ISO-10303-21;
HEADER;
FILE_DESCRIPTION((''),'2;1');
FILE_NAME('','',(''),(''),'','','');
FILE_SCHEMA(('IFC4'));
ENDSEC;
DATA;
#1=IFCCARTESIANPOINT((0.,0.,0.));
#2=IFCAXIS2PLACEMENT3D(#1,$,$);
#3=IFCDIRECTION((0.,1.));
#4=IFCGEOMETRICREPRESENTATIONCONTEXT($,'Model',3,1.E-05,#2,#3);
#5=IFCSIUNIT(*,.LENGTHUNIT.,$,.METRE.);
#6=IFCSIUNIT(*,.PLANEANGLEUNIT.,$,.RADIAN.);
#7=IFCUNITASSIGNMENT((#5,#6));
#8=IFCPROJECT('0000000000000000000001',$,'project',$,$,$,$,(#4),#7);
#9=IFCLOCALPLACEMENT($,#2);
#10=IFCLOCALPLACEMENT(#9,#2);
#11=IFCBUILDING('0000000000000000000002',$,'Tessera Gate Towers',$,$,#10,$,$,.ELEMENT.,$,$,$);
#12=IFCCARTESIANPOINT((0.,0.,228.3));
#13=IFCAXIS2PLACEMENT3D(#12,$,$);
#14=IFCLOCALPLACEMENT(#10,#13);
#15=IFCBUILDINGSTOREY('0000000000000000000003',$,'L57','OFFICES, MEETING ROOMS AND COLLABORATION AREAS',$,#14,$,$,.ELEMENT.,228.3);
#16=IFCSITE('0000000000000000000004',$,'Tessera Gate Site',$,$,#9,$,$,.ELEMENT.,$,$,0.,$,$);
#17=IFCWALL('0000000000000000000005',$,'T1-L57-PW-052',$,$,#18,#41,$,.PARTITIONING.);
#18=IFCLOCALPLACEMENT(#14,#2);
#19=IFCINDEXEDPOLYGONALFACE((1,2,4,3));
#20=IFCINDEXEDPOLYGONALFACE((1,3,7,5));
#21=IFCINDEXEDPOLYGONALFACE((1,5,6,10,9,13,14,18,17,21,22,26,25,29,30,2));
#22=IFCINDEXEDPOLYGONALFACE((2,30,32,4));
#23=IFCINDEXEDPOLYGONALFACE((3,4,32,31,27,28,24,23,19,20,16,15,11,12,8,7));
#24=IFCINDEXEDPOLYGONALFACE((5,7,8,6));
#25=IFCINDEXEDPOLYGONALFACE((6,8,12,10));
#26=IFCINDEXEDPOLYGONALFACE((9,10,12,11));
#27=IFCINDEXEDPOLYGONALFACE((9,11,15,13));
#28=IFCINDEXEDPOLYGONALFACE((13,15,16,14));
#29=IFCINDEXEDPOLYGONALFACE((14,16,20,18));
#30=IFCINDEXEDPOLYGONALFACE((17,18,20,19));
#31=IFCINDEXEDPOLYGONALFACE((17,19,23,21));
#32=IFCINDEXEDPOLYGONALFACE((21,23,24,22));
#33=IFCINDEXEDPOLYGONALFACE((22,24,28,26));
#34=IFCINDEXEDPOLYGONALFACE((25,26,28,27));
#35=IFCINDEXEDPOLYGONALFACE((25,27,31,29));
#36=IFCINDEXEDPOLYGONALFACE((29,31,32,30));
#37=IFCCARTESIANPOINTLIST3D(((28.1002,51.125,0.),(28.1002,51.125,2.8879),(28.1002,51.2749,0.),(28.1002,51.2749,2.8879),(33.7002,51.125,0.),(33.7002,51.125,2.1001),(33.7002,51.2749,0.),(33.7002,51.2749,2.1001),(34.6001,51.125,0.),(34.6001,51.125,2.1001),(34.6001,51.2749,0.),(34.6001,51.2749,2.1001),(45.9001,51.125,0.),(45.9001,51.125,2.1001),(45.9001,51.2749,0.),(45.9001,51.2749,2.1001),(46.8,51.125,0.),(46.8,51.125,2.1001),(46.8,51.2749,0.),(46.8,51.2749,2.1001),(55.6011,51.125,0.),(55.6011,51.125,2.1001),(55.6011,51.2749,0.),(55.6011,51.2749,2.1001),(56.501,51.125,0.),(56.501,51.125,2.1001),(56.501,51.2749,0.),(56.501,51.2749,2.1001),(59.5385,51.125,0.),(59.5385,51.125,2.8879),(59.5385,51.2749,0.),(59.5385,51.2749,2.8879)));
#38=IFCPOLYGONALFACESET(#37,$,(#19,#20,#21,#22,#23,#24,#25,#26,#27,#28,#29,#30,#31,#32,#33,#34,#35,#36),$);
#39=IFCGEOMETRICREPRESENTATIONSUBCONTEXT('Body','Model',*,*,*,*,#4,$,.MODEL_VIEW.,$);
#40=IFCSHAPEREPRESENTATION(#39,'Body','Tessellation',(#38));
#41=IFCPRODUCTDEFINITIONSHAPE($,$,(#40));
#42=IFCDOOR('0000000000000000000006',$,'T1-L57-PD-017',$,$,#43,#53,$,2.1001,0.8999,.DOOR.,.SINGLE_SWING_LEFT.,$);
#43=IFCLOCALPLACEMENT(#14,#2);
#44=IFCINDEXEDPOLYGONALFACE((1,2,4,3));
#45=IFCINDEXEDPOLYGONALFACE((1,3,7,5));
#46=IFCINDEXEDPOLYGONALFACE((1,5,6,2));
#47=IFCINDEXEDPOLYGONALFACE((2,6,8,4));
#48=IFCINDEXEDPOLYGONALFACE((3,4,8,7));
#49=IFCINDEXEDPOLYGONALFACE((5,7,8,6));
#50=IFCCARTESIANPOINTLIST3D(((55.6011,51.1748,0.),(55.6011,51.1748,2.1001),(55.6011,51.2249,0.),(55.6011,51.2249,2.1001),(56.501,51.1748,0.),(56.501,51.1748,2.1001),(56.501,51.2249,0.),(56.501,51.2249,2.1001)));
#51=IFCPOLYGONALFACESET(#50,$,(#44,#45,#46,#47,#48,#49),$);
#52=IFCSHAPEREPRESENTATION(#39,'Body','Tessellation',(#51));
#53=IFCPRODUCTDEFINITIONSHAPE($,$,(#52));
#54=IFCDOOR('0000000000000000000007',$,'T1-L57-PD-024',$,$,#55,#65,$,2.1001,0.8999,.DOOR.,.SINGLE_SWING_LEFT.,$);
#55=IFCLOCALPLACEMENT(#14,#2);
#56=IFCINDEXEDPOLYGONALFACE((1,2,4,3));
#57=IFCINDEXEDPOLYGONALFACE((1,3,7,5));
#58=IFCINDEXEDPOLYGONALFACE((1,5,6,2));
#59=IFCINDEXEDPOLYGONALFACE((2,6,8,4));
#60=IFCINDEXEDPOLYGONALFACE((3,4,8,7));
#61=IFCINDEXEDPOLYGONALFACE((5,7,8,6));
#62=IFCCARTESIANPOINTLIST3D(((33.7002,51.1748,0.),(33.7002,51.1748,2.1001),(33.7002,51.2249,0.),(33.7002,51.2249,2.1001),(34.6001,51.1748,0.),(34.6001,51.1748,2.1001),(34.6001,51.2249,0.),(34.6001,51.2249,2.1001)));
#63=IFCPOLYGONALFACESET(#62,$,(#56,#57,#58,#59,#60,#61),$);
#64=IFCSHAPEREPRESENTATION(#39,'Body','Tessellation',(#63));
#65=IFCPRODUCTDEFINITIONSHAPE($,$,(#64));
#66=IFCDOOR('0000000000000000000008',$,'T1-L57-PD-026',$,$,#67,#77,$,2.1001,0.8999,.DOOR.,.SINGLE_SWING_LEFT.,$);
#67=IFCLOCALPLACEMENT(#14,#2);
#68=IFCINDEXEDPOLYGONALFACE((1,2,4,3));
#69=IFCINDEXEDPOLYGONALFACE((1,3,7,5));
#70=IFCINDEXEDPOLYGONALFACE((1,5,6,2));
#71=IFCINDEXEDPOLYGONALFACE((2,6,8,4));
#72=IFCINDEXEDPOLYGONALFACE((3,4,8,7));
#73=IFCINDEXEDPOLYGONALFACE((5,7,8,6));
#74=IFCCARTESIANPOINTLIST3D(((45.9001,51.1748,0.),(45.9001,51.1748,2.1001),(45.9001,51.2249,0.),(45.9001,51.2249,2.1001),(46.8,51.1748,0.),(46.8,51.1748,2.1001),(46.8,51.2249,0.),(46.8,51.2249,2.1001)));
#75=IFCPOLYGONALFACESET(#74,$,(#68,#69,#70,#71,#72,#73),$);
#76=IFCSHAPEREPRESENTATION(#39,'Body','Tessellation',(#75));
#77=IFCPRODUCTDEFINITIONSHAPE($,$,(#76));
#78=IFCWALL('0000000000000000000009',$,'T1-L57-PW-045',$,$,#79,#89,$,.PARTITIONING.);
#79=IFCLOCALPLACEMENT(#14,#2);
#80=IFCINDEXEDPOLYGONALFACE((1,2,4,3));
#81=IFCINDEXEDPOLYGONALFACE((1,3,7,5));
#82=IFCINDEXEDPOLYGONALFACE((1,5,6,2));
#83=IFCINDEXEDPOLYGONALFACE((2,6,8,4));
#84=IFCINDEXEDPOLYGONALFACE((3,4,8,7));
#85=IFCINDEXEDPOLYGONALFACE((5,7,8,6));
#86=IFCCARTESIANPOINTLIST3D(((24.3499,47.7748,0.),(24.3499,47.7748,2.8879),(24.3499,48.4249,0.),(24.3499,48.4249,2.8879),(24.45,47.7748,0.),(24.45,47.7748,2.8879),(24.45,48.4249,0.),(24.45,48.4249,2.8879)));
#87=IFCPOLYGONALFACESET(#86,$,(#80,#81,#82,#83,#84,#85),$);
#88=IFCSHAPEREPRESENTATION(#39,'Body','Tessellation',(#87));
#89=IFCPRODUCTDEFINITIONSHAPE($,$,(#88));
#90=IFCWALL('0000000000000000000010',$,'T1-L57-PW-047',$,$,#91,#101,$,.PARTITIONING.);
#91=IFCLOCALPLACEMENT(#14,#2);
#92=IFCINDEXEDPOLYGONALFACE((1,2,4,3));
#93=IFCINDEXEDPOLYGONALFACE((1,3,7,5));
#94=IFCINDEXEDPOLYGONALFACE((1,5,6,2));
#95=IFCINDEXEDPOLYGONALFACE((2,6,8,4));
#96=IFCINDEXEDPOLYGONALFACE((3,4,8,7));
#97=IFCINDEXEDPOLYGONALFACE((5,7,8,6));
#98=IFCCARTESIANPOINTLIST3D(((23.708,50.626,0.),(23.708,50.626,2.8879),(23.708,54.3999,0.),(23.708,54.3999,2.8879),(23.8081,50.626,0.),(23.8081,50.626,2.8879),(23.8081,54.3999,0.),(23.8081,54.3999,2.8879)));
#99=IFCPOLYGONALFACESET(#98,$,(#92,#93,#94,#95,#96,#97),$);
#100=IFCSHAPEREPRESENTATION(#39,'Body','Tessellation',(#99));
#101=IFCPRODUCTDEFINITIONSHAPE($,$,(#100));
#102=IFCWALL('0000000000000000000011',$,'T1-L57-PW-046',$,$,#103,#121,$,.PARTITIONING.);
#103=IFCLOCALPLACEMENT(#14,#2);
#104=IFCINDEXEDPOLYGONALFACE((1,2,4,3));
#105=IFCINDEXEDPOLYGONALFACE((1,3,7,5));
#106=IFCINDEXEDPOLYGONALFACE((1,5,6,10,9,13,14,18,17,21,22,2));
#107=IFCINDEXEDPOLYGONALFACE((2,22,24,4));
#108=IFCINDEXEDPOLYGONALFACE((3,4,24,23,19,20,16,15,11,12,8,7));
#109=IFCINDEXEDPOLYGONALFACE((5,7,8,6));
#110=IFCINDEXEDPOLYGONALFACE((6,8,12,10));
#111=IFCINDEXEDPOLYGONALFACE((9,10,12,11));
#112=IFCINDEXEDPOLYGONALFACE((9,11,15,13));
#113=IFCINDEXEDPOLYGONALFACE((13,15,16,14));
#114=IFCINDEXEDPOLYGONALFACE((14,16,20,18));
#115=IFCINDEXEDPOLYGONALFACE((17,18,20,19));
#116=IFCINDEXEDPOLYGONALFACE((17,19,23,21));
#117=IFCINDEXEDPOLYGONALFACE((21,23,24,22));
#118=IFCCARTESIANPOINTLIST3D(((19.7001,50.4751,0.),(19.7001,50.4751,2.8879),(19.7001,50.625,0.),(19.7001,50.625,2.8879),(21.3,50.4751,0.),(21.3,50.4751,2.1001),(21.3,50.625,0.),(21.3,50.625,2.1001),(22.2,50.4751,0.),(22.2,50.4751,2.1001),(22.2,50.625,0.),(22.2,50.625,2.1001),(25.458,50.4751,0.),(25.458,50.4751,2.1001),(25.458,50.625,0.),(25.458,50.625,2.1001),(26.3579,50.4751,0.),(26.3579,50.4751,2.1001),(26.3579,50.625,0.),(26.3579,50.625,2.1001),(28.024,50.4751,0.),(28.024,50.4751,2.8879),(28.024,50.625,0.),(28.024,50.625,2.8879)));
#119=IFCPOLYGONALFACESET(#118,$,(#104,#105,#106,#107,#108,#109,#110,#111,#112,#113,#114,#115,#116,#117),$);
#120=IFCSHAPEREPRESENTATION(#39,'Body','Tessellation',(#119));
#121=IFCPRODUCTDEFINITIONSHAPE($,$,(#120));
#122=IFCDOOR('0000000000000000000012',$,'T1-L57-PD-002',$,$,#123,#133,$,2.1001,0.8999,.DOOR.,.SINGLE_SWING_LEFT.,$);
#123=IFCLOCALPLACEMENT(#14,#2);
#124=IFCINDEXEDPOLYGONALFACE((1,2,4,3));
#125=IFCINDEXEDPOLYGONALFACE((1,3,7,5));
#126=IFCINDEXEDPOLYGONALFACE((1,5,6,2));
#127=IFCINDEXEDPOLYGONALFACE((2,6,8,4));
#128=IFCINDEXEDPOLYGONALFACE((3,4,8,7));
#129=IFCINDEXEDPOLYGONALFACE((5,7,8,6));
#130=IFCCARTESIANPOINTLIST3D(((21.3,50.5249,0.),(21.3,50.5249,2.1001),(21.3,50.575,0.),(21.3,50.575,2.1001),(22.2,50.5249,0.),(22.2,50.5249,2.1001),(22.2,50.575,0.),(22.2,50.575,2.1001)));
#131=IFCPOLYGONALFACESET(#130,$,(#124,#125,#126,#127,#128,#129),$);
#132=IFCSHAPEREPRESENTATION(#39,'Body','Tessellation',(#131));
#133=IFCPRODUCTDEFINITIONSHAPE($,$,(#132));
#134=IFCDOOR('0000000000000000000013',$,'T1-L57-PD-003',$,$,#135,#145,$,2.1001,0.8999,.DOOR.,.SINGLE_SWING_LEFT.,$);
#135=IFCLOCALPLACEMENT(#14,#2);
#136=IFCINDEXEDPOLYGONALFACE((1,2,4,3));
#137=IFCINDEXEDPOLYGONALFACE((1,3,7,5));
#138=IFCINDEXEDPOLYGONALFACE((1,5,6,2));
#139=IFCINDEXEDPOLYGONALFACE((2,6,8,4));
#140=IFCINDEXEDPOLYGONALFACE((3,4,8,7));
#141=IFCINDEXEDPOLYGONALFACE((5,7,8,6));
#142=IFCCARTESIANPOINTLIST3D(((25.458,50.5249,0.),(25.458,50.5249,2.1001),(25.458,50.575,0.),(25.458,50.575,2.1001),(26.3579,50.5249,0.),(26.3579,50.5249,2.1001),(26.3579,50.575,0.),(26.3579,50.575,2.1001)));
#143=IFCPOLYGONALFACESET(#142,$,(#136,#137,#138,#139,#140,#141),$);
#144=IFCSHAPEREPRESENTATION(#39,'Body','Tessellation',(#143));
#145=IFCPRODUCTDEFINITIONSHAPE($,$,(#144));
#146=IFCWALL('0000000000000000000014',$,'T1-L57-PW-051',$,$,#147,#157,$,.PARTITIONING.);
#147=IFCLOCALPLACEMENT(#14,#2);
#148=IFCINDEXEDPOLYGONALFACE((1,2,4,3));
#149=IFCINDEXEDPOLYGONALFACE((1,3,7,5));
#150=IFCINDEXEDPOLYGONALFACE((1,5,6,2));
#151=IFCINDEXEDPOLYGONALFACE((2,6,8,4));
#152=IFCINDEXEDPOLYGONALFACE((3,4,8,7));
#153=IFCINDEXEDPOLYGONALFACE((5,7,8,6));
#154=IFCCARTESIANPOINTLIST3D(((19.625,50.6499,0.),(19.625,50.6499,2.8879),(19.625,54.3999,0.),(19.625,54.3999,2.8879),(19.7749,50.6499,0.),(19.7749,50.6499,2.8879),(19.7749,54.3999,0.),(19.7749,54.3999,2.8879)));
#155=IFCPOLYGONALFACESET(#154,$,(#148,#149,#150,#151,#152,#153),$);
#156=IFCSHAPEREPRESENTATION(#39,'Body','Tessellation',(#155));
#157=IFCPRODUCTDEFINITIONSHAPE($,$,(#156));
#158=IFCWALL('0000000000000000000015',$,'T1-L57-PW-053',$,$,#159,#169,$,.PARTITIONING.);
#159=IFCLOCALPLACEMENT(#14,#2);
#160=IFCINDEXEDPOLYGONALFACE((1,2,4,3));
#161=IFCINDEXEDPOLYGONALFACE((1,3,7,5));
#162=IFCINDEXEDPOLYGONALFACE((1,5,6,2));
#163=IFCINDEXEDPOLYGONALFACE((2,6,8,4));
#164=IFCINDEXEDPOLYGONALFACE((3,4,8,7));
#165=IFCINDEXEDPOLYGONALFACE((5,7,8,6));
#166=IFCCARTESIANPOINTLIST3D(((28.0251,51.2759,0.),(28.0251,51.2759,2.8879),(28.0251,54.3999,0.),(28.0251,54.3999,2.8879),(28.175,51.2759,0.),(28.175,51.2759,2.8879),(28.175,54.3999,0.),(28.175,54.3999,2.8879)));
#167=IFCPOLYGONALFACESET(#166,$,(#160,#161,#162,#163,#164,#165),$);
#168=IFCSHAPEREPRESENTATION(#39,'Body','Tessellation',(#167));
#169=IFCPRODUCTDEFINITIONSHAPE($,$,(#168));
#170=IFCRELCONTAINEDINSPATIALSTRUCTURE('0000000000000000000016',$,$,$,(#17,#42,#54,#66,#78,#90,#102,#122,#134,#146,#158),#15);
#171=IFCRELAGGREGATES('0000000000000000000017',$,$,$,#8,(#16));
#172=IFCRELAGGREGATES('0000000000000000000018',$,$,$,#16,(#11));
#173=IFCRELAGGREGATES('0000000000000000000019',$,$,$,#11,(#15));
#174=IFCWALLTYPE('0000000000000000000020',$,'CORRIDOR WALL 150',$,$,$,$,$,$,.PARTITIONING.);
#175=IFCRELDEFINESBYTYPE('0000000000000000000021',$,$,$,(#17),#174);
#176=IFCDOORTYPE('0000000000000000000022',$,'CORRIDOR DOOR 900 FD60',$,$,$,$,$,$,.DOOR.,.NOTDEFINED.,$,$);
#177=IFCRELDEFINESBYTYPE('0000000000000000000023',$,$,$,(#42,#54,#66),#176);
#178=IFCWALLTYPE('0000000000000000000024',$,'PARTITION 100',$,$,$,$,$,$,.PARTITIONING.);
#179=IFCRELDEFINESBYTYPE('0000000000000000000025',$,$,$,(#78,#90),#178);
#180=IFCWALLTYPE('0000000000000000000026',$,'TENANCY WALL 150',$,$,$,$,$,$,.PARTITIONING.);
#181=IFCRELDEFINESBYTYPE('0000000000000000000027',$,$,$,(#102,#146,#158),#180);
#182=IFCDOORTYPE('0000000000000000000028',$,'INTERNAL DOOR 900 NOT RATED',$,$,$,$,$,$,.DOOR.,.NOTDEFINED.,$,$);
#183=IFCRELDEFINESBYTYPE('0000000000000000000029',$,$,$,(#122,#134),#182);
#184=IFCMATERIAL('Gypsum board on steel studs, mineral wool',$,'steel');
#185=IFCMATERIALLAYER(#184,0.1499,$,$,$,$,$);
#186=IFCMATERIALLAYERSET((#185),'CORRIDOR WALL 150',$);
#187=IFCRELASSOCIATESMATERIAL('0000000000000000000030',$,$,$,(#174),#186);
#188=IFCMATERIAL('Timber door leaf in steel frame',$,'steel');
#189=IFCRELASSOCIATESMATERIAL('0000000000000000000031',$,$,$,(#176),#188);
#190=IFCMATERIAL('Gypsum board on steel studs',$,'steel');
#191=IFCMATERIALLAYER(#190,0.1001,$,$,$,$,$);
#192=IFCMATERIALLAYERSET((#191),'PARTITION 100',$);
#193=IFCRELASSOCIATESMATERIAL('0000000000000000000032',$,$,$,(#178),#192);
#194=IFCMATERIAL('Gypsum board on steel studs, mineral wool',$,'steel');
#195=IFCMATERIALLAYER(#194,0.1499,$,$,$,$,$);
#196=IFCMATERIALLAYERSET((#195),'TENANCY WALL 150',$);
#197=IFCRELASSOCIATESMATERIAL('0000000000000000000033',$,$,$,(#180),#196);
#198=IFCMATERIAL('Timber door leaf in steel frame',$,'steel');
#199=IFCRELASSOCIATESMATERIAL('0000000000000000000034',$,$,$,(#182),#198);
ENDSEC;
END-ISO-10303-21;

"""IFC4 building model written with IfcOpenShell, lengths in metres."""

from ifc_helpers import new_model, si_unit, direction, frame, frame_2d, origin, place, context, subcontext, project, spatial, rectangle, extrude, source, transform, mapped, material, layer, layer_set, type_object, element, fill, save


model = new_model("IFC4")

# Units and contexts
model_context = context("Model", 3, precision=1e-05, world=origin(), true_north=direction((0.0, 1.0)))
body_context = subcontext(model_context, "Body", "Model", "MODEL_VIEW")
ifc_project = project(units=[si_unit("LENGTHUNIT", "METRE"), si_unit("PLANEANGLEUNIT", "RADIAN")], contexts=[model_context])

# Site, building, storey
site_placement = place(None, origin())
site = spatial("IfcSite", under=ifc_project, at=site_placement, Name="Tessera Gate Site", CompositionType="ELEMENT", RefElevation=0.0)
building_placement = place(site_placement, origin())
building = spatial("IfcBuilding", under=site, at=building_placement, Name="Tessera Gate Towers", CompositionType="ELEMENT")
storey_placement = place(building_placement, frame((0.0, 0.0, 228.3)))
storey = spatial("IfcBuildingStorey", under=building, at=storey_placement, Name="L57", Description="OFFICES, MEETING ROOMS AND COLLABORATION AREAS", CompositionType="ELEMENT", Elevation=228.3)

# Wall, openings, doors
ifc_material_1 = material(Name="Gypsum board on steel studs, mineral wool", Category="steel")
ifc_layer_1 = layer(ifc_material_1, 0.1499)
ifc_layer_set_1 = layer_set([ifc_layer_1], Name="CORRIDOR WALL 150")
wall_type_1 = type_object("IfcWallType", Name="CORRIDOR WALL 150", PredefinedType="PARTITIONING", material=ifc_layer_set_1)
wall_1_placement = place(storey_placement, frame((28.1001, 51.2, 0.0), z_axis=(0.0, 0.0, 1.0), x_axis=(1.0, 0.0, 0.0)))
wall_1 = element("IfcWall", 1, at=wall_1_placement, inside=storey, type_object=wall_type_1, Name="T1-L57-PW-052", PredefinedType="PARTITIONING", context=body_context, shape_type="SweptSolid", body=[
    extrude(rectangle(XDim=31.4382, YDim=0.1499, at=frame_2d((15.7192, 0.0))), origin(), (0.0, 0.0, 1.0), 2.8879),
])
shared_shape_1 = source(origin(), body_context, "Body", "SweptSolid", [
    extrude(rectangle(XDim=0.8999, YDim=2.1001, at=frame_2d((0.45, 1.05))), frame((0.0, 0.085, 0.0), z_axis=(0.0, -1.0, 0.0), x_axis=(1.0, 0.0, 0.0)), (0.0, 0.0, 1.0), 0.1699),
])
opening_1_placement = place(wall_1_placement, frame((27.501, 0.0, 0.0)))
opening_1 = element("IfcOpeningElement", 2, at=opening_1_placement, cuts=wall_1, PredefinedType="OPENING", context=body_context, shape_type="MappedRepresentation", body=[
    mapped(shared_shape_1, transform((0.0, 0.0, 0.0), scale=1.0)),
])
opening_2_placement = place(wall_1_placement, frame((5.6001, 0.0, 0.0)))
opening_2 = element("IfcOpeningElement", 3, at=opening_2_placement, cuts=wall_1, PredefinedType="OPENING", context=body_context, shape_type="MappedRepresentation", body=[
    mapped(shared_shape_1, transform((0.0, 0.0, 0.0), scale=1.0)),
])
opening_3_placement = place(wall_1_placement, frame((17.8, 0.0, 0.0)))
opening_3 = element("IfcOpeningElement", 4, at=opening_3_placement, cuts=wall_1, PredefinedType="OPENING", context=body_context, shape_type="MappedRepresentation", body=[
    mapped(shared_shape_1, transform((0.0, 0.0, 0.0), scale=1.0)),
])
ifc_material_2 = material(Name="Timber door leaf in steel frame", Category="steel")
door_type_1 = type_object("IfcDoorType", Name="CORRIDOR DOOR 900 FD60", OperationType="NOTDEFINED", PredefinedType="DOOR", material=ifc_material_2)
shared_shape_2 = source(origin(), body_context, "Body", "SweptSolid", [
    extrude(rectangle(XDim=0.8999, YDim=2.1001, at=frame_2d((0.45, 1.05))), frame((0.0, 0.0249, 0.0), z_axis=(0.0, -1.0, 0.0), x_axis=(1.0, 0.0, 0.0)), (0.0, 0.0, 1.0), 0.05),
])
door_1_placement = place(opening_1_placement, origin())
door_1 = element("IfcDoor", 5, at=door_1_placement, inside=storey, type_object=door_type_1, Name="T1-L57-PD-017", OperationType="SINGLE_SWING_LEFT", OverallHeight=2.1001, OverallWidth=0.8999, PredefinedType="DOOR", context=body_context, shape_type="MappedRepresentation", body=[
    mapped(shared_shape_2, transform((0.0, 0.0, 0.0), scale=1.0)),
])
fill(opening_1, door_1)
door_2_placement = place(opening_2_placement, origin())
door_2 = element("IfcDoor", 6, at=door_2_placement, inside=storey, type_object=door_type_1, Name="T1-L57-PD-024", OperationType="SINGLE_SWING_LEFT", OverallHeight=2.1001, OverallWidth=0.8999, PredefinedType="DOOR", context=body_context, shape_type="MappedRepresentation", body=[
    mapped(shared_shape_2, transform((0.0, 0.0, 0.0), scale=1.0)),
])
fill(opening_2, door_2)
door_3_placement = place(opening_3_placement, origin())
door_3 = element("IfcDoor", 7, at=door_3_placement, inside=storey, type_object=door_type_1, Name="T1-L57-PD-026", OperationType="SINGLE_SWING_LEFT", OverallHeight=2.1001, OverallWidth=0.8999, PredefinedType="DOOR", context=body_context, shape_type="MappedRepresentation", body=[
    mapped(shared_shape_2, transform((0.0, 0.0, 0.0), scale=1.0)),
])
fill(opening_3, door_3)

# Walls
ifc_material_3 = material(Name="Gypsum board on steel studs", Category="steel")
ifc_layer_2 = layer(ifc_material_3, 0.1001)
ifc_layer_set_2 = layer_set([ifc_layer_2], Name="PARTITION 100")
wall_type_2 = type_object("IfcWallType", Name="PARTITION 100", PredefinedType="PARTITIONING", material=ifc_layer_set_2)
wall_2_placement = place(storey_placement, frame((24.3999, 48.425, 0.0), z_axis=(0.0, 0.0, 1.0), x_axis=(0.0, -1.0, 0.0)))
element("IfcWall", 8, at=wall_2_placement, inside=storey, type_object=wall_type_2, Name="T1-L57-PW-045", PredefinedType="PARTITIONING", context=body_context, shape_type="SweptSolid", body=[
    extrude(rectangle(XDim=0.6501, YDim=0.1001, at=frame_2d((0.3252, 0.0))), origin(), (0.0, 0.0, 1.0), 2.8879),
])
wall_3_placement = place(storey_placement, frame((23.7581, 50.626, 0.0), z_axis=(0.0, 0.0, 1.0), x_axis=(0.0, 1.0, 0.0)))
element("IfcWall", 9, at=wall_3_placement, inside=storey, type_object=wall_type_2, Name="T1-L57-PW-047", PredefinedType="PARTITIONING", context=body_context, shape_type="SweptSolid", body=[
    extrude(rectangle(XDim=3.7739, YDim=0.1001, at=frame_2d((1.887, 0.0))), origin(), (0.0, 0.0, 1.0), 2.8879),
])

# Wall, openings, doors
ifc_material_4 = material(Name="Gypsum board on steel studs, mineral wool", Category="steel")
ifc_layer_3 = layer(ifc_material_4, 0.1499)
ifc_layer_set_3 = layer_set([ifc_layer_3], Name="TENANCY WALL 150")
wall_type_3 = type_object("IfcWallType", Name="TENANCY WALL 150", PredefinedType="PARTITIONING", material=ifc_layer_set_3)
wall_4_placement = place(storey_placement, frame((19.7, 50.55, 0.0), z_axis=(0.0, 0.0, 1.0), x_axis=(1.0, 0.0, 0.0)))
wall_4 = element("IfcWall", 10, at=wall_4_placement, inside=storey, type_object=wall_type_3, Name="T1-L57-PW-046", PredefinedType="PARTITIONING", context=body_context, shape_type="SweptSolid", body=[
    extrude(rectangle(XDim=8.324, YDim=0.1499, at=frame_2d((4.1621, 0.0))), origin(), (0.0, 0.0, 1.0), 2.8879),
])
opening_4_placement = place(wall_4_placement, frame((1.6001, 0.0, 0.0)))
opening_4 = element("IfcOpeningElement", 11, at=opening_4_placement, cuts=wall_4, PredefinedType="OPENING", context=body_context, shape_type="MappedRepresentation", body=[
    mapped(shared_shape_1, transform((0.0, 0.0, 0.0), scale=1.0)),
])
opening_5_placement = place(wall_4_placement, frame((5.7581, 0.0, 0.0)))
opening_5 = element("IfcOpeningElement", 12, at=opening_5_placement, cuts=wall_4, PredefinedType="OPENING", context=body_context, shape_type="MappedRepresentation", body=[
    mapped(shared_shape_1, transform((0.0, 0.0, 0.0), scale=1.0)),
])
ifc_material_5 = material(Name="Timber door leaf in steel frame", Category="steel")
door_type_2 = type_object("IfcDoorType", Name="INTERNAL DOOR 900 NOT RATED", OperationType="NOTDEFINED", PredefinedType="DOOR", material=ifc_material_5)
door_4_placement = place(opening_4_placement, origin())
door_4 = element("IfcDoor", 13, at=door_4_placement, inside=storey, type_object=door_type_2, Name="T1-L57-PD-002", OperationType="SINGLE_SWING_LEFT", OverallHeight=2.1001, OverallWidth=0.8999, PredefinedType="DOOR", context=body_context, shape_type="MappedRepresentation", body=[
    mapped(shared_shape_2, transform((0.0, 0.0, 0.0), scale=1.0)),
])
fill(opening_4, door_4)
door_5_placement = place(opening_5_placement, origin())
door_5 = element("IfcDoor", 14, at=door_5_placement, inside=storey, type_object=door_type_2, Name="T1-L57-PD-003", OperationType="SINGLE_SWING_LEFT", OverallHeight=2.1001, OverallWidth=0.8999, PredefinedType="DOOR", context=body_context, shape_type="MappedRepresentation", body=[
    mapped(shared_shape_2, transform((0.0, 0.0, 0.0), scale=1.0)),
])
fill(opening_5, door_5)

# Walls
wall_5_placement = place(storey_placement, frame((19.7, 50.6499, 0.0), z_axis=(0.0, 0.0, 1.0), x_axis=(0.0, 1.0, 0.0)))
element("IfcWall", 15, at=wall_5_placement, inside=storey, type_object=wall_type_3, Name="T1-L57-PW-051", PredefinedType="PARTITIONING", context=body_context, shape_type="SweptSolid", body=[
    extrude(rectangle(XDim=3.75, YDim=0.1499, at=frame_2d((1.875, 0.0))), origin(), (0.0, 0.0, 1.0), 2.8879),
])
wall_6_placement = place(storey_placement, frame((28.1001, 51.2759, 0.0), z_axis=(0.0, 0.0, 1.0), x_axis=(0.0, 1.0, 0.0)))
element("IfcWall", 16, at=wall_6_placement, inside=storey, type_object=wall_type_3, Name="T1-L57-PW-053", PredefinedType="PARTITIONING", context=body_context, shape_type="SweptSolid", body=[
    extrude(rectangle(XDim=3.124, YDim=0.1499, at=frame_2d((1.562, 0.0))), origin(), (0.0, 0.0, 1.0), 2.8879),
])

save(model, "model.ifc")
